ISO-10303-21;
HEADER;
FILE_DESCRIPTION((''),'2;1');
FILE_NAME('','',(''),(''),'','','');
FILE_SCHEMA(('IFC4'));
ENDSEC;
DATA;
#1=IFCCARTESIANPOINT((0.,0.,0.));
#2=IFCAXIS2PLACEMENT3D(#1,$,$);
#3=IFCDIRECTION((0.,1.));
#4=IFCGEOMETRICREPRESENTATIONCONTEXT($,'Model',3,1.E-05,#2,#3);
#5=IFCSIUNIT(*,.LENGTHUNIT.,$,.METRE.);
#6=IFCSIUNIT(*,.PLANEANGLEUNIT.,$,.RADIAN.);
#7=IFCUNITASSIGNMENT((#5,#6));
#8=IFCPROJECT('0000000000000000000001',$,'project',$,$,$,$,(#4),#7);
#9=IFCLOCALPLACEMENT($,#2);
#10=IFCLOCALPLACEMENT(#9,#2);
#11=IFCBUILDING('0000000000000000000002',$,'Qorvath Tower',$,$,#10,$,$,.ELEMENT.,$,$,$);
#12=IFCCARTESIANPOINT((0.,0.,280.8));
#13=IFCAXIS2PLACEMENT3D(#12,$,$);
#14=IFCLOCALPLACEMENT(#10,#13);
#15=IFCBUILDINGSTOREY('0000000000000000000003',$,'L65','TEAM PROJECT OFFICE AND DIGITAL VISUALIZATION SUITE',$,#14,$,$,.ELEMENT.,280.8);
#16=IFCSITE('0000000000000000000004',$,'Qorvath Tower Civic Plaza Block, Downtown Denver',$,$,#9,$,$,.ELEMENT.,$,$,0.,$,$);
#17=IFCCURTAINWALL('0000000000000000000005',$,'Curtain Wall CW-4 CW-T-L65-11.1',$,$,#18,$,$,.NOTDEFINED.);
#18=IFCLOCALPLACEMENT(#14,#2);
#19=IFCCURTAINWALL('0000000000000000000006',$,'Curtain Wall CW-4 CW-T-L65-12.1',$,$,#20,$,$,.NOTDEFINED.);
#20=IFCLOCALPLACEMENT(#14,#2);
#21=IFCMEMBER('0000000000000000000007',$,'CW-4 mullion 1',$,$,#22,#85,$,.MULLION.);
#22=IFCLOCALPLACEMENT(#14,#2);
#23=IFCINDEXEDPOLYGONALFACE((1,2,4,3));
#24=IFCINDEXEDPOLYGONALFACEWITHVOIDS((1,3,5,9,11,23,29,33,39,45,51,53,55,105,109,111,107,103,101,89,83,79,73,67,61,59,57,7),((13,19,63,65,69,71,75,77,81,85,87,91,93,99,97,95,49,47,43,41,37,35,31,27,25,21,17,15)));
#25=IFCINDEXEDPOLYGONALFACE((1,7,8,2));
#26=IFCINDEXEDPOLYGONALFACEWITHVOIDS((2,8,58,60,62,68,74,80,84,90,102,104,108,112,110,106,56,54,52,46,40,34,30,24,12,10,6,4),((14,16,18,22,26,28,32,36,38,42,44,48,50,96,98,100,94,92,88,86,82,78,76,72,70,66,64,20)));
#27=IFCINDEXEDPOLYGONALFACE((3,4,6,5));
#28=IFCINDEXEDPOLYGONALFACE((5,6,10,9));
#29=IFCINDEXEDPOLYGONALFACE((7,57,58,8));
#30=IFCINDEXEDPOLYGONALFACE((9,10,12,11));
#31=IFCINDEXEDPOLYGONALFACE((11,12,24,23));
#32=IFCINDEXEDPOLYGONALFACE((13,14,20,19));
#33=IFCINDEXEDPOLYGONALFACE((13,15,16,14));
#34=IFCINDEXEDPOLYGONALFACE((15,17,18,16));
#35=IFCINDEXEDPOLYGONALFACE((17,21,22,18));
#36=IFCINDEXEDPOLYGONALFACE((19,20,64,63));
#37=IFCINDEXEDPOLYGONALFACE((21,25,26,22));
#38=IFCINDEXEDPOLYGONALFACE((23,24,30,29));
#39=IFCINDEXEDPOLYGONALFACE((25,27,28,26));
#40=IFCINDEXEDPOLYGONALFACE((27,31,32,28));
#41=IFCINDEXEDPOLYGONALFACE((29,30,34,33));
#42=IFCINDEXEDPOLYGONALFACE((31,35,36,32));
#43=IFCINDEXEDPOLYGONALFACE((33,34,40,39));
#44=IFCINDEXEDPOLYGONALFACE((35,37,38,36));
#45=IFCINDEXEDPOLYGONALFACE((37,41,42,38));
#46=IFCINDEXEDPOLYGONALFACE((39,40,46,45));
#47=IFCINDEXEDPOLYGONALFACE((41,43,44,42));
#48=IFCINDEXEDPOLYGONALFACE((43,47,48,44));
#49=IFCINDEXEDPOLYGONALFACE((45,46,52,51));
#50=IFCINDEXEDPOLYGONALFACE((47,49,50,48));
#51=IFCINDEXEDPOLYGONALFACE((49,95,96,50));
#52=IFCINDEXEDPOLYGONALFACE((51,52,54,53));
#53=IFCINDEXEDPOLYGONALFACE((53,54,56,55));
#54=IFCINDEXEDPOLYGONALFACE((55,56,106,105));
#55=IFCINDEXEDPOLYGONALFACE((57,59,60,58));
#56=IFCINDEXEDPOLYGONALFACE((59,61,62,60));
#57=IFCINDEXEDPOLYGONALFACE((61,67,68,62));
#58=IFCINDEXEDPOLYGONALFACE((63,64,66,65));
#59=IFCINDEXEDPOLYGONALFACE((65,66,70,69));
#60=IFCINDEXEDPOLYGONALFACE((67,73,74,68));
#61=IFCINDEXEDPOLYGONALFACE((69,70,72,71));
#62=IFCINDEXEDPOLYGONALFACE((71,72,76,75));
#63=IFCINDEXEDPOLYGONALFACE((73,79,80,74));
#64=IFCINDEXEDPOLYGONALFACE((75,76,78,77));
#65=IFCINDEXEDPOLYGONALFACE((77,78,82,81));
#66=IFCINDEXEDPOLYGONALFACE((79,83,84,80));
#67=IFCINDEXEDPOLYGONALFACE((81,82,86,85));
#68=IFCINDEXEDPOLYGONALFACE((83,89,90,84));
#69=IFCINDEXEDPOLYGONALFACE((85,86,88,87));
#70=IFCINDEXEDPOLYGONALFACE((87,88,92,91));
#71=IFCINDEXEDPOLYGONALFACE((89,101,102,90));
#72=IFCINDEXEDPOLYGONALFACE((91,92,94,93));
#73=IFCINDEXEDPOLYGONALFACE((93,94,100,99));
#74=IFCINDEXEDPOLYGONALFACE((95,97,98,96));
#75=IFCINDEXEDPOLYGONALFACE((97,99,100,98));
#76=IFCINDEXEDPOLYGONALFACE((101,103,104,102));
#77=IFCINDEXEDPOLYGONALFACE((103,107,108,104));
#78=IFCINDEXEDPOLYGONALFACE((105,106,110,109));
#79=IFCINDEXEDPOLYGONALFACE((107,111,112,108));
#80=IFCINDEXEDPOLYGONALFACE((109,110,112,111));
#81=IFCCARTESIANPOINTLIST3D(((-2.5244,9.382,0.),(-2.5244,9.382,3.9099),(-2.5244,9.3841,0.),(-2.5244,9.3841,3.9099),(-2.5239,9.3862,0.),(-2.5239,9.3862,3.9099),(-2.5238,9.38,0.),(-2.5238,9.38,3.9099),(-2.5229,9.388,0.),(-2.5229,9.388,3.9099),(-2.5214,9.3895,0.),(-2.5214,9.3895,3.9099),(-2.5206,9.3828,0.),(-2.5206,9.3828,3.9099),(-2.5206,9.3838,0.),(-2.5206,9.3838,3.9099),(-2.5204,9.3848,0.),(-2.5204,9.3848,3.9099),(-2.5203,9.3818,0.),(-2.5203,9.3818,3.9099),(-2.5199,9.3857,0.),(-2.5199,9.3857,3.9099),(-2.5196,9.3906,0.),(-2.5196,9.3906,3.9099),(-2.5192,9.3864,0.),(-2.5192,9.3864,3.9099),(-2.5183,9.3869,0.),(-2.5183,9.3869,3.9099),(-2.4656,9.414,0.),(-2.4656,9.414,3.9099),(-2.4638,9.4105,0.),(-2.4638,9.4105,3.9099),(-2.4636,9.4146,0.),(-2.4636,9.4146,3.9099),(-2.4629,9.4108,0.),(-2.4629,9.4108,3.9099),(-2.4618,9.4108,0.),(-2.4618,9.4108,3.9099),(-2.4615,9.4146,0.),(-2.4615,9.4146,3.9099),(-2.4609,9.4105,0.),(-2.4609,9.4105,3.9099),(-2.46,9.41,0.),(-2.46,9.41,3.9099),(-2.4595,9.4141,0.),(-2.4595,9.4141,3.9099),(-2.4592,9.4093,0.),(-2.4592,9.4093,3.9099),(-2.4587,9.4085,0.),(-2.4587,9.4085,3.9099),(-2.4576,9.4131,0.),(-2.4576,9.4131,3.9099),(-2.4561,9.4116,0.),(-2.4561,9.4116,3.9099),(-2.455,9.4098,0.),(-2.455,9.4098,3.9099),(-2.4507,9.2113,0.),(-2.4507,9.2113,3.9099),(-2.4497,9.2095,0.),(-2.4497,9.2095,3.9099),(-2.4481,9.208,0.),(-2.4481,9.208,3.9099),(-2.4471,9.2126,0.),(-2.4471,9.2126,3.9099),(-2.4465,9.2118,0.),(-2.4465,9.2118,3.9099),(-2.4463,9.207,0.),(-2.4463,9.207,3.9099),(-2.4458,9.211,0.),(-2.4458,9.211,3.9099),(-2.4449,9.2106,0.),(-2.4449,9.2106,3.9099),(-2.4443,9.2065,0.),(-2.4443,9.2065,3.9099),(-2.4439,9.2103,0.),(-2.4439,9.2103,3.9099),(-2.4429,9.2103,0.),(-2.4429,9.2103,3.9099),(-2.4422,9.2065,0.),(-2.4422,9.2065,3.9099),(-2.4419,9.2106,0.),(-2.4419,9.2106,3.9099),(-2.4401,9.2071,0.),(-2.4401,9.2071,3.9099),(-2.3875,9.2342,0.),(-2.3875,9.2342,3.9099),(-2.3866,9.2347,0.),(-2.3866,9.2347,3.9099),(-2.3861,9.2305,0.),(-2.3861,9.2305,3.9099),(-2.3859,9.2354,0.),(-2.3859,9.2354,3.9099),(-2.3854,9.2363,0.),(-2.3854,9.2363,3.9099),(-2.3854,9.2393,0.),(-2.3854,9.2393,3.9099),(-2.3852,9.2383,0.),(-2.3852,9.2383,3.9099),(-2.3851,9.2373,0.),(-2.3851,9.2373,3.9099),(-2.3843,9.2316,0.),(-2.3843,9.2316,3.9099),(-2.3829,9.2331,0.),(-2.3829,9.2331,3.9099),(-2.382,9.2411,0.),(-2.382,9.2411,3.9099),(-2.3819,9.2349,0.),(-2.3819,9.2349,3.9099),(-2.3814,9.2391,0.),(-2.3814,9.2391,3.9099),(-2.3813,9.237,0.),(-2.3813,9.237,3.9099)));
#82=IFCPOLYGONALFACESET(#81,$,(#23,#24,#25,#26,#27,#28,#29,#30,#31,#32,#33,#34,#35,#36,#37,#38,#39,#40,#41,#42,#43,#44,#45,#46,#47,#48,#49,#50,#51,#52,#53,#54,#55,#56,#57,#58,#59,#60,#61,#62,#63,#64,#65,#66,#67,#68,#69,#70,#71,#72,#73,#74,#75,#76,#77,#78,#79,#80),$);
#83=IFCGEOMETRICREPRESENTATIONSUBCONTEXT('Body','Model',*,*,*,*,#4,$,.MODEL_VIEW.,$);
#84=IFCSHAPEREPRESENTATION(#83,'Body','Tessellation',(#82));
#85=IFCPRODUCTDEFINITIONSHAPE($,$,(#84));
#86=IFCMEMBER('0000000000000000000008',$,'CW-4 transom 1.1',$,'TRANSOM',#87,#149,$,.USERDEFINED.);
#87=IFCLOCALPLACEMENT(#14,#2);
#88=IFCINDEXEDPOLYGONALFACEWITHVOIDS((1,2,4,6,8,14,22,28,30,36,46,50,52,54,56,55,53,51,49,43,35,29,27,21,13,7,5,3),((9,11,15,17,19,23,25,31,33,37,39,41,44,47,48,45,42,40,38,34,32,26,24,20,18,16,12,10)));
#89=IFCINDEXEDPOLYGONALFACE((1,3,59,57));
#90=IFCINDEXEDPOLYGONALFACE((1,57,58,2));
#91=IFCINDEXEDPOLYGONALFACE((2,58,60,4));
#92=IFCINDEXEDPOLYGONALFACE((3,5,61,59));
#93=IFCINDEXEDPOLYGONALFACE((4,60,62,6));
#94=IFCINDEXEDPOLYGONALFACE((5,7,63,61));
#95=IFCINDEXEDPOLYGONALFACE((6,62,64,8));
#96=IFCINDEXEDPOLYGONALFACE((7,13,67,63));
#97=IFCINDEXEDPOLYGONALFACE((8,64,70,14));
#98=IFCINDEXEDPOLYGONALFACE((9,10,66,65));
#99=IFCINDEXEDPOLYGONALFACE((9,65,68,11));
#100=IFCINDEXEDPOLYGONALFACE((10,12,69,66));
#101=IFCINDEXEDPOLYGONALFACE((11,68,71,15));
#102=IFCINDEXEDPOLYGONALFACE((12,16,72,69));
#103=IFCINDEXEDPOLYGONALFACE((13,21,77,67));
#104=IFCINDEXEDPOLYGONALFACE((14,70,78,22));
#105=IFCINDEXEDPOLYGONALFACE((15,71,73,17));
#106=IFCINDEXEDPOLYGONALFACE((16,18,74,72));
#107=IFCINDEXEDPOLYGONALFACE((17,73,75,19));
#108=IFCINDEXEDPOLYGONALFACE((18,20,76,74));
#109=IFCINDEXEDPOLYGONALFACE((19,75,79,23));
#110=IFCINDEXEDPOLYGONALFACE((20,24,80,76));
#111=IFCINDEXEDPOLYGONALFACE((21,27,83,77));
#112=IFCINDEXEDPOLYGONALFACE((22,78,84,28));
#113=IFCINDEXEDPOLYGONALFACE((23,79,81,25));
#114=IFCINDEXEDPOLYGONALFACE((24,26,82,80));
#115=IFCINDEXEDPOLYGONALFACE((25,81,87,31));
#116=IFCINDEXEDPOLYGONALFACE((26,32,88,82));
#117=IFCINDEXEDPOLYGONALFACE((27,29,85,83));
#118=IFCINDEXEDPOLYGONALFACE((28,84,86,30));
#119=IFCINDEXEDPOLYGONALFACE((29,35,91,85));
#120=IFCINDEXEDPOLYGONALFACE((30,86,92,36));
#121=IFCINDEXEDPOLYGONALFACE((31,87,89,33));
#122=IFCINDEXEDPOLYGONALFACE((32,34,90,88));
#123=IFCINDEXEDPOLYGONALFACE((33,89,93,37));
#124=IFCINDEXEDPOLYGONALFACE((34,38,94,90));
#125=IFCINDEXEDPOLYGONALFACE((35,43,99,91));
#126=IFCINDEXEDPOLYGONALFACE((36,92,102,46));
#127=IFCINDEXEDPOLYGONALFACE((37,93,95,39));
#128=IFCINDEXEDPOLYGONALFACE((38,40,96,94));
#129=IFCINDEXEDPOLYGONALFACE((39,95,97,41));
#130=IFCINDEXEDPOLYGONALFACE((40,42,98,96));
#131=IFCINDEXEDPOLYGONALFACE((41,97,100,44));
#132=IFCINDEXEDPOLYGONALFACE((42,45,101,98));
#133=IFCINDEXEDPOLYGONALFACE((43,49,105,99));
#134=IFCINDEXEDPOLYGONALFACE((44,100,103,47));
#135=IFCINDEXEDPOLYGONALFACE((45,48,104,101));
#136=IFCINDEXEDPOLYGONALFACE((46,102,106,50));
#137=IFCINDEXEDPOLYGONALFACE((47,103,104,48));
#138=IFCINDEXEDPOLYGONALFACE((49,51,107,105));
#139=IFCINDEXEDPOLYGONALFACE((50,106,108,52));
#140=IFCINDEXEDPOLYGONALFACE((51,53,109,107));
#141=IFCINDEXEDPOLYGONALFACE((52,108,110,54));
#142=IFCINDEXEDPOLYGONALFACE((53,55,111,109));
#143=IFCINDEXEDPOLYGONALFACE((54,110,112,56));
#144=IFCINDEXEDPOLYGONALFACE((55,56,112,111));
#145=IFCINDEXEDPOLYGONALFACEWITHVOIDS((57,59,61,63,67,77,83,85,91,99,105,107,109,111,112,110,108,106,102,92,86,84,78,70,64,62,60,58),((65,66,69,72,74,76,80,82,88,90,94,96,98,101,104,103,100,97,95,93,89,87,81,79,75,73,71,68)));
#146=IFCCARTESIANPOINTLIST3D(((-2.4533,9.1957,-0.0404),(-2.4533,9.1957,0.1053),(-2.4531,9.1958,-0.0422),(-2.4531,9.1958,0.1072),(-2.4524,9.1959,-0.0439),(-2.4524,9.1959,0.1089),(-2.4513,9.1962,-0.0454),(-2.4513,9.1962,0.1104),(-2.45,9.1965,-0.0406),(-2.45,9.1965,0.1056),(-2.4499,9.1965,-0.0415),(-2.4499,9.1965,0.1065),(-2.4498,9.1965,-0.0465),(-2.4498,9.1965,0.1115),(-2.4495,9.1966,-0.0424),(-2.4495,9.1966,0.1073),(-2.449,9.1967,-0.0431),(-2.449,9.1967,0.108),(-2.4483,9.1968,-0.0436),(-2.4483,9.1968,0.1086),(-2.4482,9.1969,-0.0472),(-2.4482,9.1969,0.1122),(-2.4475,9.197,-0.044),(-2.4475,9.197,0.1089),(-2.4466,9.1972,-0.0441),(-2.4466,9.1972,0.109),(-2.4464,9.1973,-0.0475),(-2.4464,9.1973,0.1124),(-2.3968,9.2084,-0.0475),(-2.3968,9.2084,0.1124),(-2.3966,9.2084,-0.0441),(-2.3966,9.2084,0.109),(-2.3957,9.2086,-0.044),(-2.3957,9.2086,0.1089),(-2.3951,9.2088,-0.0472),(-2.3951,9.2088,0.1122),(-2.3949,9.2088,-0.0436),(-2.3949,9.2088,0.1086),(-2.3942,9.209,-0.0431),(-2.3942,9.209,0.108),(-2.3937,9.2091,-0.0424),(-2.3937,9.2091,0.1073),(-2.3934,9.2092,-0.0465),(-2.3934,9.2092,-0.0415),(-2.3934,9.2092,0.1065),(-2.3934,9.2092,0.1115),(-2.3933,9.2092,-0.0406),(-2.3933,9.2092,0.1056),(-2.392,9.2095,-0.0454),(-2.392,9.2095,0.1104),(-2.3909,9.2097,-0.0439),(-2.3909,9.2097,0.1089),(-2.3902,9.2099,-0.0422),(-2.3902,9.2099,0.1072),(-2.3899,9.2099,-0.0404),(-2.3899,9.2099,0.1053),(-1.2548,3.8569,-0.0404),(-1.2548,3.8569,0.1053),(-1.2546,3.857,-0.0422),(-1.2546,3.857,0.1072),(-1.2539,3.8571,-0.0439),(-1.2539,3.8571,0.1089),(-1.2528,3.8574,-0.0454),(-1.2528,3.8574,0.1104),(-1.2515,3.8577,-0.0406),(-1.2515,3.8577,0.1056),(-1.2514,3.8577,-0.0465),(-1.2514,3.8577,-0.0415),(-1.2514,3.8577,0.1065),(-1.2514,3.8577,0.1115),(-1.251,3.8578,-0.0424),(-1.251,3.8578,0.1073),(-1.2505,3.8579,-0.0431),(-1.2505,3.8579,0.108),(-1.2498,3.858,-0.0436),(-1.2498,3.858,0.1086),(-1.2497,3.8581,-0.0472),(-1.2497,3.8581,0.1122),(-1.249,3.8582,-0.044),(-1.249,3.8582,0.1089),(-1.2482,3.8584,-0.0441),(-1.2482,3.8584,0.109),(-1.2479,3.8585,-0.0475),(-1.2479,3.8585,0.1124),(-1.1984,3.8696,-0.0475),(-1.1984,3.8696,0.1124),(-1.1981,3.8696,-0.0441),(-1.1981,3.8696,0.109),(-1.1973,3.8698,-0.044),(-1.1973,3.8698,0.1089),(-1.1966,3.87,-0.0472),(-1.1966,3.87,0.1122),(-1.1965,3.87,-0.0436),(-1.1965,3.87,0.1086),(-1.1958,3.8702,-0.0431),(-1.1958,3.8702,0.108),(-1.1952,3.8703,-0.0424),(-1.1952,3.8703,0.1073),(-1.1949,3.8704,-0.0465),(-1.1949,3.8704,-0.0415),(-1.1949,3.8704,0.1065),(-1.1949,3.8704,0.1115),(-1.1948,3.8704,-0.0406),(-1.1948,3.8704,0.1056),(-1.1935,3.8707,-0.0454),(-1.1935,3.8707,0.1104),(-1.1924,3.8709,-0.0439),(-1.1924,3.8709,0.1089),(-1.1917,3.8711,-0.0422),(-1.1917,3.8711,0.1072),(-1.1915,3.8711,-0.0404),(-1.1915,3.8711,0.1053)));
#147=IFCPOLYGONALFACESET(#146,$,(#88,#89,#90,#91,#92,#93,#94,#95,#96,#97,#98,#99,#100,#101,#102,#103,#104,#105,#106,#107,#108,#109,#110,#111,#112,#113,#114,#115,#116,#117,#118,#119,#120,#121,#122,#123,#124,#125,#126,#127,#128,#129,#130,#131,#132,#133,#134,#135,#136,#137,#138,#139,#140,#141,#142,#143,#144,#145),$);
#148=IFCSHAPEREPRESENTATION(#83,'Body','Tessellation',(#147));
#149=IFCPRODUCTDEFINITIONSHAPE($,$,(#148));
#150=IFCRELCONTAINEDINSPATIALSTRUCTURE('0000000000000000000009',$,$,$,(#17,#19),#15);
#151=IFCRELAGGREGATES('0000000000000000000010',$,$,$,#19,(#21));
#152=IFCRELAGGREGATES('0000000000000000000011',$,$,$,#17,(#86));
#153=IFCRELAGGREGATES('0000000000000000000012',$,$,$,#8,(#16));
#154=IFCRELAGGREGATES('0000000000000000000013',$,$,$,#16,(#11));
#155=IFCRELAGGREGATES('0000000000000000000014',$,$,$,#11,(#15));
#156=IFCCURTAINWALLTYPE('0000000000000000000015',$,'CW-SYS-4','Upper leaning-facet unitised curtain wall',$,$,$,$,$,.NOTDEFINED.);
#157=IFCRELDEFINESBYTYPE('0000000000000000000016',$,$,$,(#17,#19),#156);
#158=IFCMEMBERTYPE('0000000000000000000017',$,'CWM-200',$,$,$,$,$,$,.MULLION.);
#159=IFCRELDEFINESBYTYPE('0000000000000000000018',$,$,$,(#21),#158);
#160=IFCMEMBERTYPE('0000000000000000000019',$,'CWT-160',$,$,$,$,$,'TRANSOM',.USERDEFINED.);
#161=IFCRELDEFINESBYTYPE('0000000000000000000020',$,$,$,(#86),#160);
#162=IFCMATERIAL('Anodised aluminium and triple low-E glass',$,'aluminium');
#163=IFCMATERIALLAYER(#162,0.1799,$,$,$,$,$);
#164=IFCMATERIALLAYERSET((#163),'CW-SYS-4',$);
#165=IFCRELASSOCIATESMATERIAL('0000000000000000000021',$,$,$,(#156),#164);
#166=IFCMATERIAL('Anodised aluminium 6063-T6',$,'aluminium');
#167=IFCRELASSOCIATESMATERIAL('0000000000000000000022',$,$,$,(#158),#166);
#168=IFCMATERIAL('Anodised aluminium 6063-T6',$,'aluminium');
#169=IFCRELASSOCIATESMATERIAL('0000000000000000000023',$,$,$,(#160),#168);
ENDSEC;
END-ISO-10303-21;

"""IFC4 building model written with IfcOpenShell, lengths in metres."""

from ifc_helpers import new_model, si_unit, direction, frame, origin, origin_2d, place, context, subcontext, project, spatial, hollow_rectangle, extrude, material, layer, layer_set, material_profile, profile_set, type_object, element, aggregate, save


model = new_model("IFC4")

# Units and contexts
model_context = context("Model", 3, precision=1e-05, world=origin(), true_north=direction((0.0, 1.0)))
body_context = subcontext(model_context, "Body", "Model", "MODEL_VIEW")
ifc_project = project(units=[si_unit("LENGTHUNIT", "METRE"), si_unit("PLANEANGLEUNIT", "RADIAN")], contexts=[model_context])

# Site, building, storey
site_placement = place(None, origin())
site = spatial("IfcSite", under=ifc_project, at=site_placement, Name="Qorvath Tower Civic Plaza Block, Downtown Denver", CompositionType="ELEMENT", RefElevation=0.0)
building_placement = place(site_placement, origin())
building = spatial("IfcBuilding", under=site, at=building_placement, Name="Qorvath Tower", CompositionType="ELEMENT")
storey_placement = place(building_placement, frame((0.0, 0.0, 280.8)))
storey = spatial("IfcBuildingStorey", under=building, at=storey_placement, Name="L65", Description="TEAM PROJECT OFFICE AND DIGITAL VISUALIZATION SUITE", CompositionType="ELEMENT", Elevation=280.8)

# Curtain wall
ifc_material_1 = material(Name="Anodised aluminium and triple low-E glass", Category="aluminium")
ifc_layer_1 = layer(ifc_material_1, 0.1799)
ifc_layer_set_1 = layer_set([ifc_layer_1], Name="CW-SYS-4")
curtain_wall_type = type_object("IfcCurtainWallType", Name="CW-SYS-4", Description="Upper leaning-facet unitised curtain wall", PredefinedType="NOTDEFINED", material=ifc_layer_set_1)
curtain_wall_1_placement = place(storey_placement, origin())
curtain_wall_1 = element("IfcCurtainWall", 1, at=curtain_wall_1_placement, inside=storey, type_object=curtain_wall_type, Name="Curtain Wall CW-4 CW-T-L65-11.1", PredefinedType="NOTDEFINED")
ifc_material_2 = material(Name="Anodised aluminium 6063-T6", Category="aluminium")
ifc_material_profile_1 = material_profile(ifc_material_2, hollow_rectangle(XDim=0.075, YDim=0.2, WallThickness=0.0039, InnerFilletRadius=0.0039, OuterFilletRadius=0.0081, at=origin_2d()), Name="CWM 200x75")
ifc_profile_set_1 = profile_set([ifc_material_profile_1], Name="Anodised aluminium 6063-T6")
member_type_1 = type_object("IfcMemberType", Name="CWM-200", PredefinedType="MULLION", material=ifc_profile_set_1)

# Curtain wall, member
curtain_wall_2_placement = place(storey_placement, origin())
curtain_wall_2 = element("IfcCurtainWall", 2, at=curtain_wall_2_placement, inside=storey, type_object=curtain_wall_type, Name="Curtain Wall CW-4 CW-T-L65-12.1", PredefinedType="NOTDEFINED")
member_1_placement = place(storey_placement, frame((-2.4529, 9.3105, 0.0), z_axis=(0.0, 0.0, 1.0), x_axis=(-0.91761, -0.397482, 0.0)))
member_1 = element("IfcMember", 3, at=member_1_placement, type_object=member_type_1, Name="CW-4 mullion 1", PredefinedType="MULLION", context=body_context, shape_type="SweptSolid", body=[
    extrude(hollow_rectangle(XDim=0.075, YDim=0.2, WallThickness=0.0039, InnerFilletRadius=0.0039, OuterFilletRadius=0.0081, at=origin_2d()), origin(), (0.0, 0.0, 1.0), 3.9099),
])

# Member
ifc_material_3 = material(Name="Anodised aluminium 6063-T6", Category="aluminium")
ifc_material_profile_2 = material_profile(ifc_material_3, hollow_rectangle(XDim=0.0649, YDim=0.1599, WallThickness=0.0034, InnerFilletRadius=0.0034, OuterFilletRadius=0.0071, at=origin_2d()), Name="CWT 160x65")
ifc_profile_set_2 = profile_set([ifc_material_profile_2], Name="Anodised aluminium 6063-T6")
member_type_2 = type_object("IfcMemberType", Name="CWT-160", ElementType="TRANSOM", PredefinedType="USERDEFINED", material=ifc_profile_set_2)
member_2_placement = place(storey_placement, frame((-1.2231, 3.864, 0.0325), z_axis=(-0.219032, 0.975718, 0.0), x_axis=(-0.975718, -0.219032, 0.0)))
member_2 = element("IfcMember", 4, at=member_2_placement, type_object=member_type_2, Name="CW-4 transom 1.1", ObjectType="TRANSOM", PredefinedType="USERDEFINED", context=body_context, shape_type="SweptSolid", body=[
    extrude(hollow_rectangle(XDim=0.0649, YDim=0.1599, WallThickness=0.0034, InnerFilletRadius=0.0034, OuterFilletRadius=0.0071, at=origin_2d()), origin(), (0.0, 0.0, 1.0), 5.4717),
])
aggregate(curtain_wall_2, [member_1])

aggregate(curtain_wall_1, [member_2])

save(model, "model.ifc")
